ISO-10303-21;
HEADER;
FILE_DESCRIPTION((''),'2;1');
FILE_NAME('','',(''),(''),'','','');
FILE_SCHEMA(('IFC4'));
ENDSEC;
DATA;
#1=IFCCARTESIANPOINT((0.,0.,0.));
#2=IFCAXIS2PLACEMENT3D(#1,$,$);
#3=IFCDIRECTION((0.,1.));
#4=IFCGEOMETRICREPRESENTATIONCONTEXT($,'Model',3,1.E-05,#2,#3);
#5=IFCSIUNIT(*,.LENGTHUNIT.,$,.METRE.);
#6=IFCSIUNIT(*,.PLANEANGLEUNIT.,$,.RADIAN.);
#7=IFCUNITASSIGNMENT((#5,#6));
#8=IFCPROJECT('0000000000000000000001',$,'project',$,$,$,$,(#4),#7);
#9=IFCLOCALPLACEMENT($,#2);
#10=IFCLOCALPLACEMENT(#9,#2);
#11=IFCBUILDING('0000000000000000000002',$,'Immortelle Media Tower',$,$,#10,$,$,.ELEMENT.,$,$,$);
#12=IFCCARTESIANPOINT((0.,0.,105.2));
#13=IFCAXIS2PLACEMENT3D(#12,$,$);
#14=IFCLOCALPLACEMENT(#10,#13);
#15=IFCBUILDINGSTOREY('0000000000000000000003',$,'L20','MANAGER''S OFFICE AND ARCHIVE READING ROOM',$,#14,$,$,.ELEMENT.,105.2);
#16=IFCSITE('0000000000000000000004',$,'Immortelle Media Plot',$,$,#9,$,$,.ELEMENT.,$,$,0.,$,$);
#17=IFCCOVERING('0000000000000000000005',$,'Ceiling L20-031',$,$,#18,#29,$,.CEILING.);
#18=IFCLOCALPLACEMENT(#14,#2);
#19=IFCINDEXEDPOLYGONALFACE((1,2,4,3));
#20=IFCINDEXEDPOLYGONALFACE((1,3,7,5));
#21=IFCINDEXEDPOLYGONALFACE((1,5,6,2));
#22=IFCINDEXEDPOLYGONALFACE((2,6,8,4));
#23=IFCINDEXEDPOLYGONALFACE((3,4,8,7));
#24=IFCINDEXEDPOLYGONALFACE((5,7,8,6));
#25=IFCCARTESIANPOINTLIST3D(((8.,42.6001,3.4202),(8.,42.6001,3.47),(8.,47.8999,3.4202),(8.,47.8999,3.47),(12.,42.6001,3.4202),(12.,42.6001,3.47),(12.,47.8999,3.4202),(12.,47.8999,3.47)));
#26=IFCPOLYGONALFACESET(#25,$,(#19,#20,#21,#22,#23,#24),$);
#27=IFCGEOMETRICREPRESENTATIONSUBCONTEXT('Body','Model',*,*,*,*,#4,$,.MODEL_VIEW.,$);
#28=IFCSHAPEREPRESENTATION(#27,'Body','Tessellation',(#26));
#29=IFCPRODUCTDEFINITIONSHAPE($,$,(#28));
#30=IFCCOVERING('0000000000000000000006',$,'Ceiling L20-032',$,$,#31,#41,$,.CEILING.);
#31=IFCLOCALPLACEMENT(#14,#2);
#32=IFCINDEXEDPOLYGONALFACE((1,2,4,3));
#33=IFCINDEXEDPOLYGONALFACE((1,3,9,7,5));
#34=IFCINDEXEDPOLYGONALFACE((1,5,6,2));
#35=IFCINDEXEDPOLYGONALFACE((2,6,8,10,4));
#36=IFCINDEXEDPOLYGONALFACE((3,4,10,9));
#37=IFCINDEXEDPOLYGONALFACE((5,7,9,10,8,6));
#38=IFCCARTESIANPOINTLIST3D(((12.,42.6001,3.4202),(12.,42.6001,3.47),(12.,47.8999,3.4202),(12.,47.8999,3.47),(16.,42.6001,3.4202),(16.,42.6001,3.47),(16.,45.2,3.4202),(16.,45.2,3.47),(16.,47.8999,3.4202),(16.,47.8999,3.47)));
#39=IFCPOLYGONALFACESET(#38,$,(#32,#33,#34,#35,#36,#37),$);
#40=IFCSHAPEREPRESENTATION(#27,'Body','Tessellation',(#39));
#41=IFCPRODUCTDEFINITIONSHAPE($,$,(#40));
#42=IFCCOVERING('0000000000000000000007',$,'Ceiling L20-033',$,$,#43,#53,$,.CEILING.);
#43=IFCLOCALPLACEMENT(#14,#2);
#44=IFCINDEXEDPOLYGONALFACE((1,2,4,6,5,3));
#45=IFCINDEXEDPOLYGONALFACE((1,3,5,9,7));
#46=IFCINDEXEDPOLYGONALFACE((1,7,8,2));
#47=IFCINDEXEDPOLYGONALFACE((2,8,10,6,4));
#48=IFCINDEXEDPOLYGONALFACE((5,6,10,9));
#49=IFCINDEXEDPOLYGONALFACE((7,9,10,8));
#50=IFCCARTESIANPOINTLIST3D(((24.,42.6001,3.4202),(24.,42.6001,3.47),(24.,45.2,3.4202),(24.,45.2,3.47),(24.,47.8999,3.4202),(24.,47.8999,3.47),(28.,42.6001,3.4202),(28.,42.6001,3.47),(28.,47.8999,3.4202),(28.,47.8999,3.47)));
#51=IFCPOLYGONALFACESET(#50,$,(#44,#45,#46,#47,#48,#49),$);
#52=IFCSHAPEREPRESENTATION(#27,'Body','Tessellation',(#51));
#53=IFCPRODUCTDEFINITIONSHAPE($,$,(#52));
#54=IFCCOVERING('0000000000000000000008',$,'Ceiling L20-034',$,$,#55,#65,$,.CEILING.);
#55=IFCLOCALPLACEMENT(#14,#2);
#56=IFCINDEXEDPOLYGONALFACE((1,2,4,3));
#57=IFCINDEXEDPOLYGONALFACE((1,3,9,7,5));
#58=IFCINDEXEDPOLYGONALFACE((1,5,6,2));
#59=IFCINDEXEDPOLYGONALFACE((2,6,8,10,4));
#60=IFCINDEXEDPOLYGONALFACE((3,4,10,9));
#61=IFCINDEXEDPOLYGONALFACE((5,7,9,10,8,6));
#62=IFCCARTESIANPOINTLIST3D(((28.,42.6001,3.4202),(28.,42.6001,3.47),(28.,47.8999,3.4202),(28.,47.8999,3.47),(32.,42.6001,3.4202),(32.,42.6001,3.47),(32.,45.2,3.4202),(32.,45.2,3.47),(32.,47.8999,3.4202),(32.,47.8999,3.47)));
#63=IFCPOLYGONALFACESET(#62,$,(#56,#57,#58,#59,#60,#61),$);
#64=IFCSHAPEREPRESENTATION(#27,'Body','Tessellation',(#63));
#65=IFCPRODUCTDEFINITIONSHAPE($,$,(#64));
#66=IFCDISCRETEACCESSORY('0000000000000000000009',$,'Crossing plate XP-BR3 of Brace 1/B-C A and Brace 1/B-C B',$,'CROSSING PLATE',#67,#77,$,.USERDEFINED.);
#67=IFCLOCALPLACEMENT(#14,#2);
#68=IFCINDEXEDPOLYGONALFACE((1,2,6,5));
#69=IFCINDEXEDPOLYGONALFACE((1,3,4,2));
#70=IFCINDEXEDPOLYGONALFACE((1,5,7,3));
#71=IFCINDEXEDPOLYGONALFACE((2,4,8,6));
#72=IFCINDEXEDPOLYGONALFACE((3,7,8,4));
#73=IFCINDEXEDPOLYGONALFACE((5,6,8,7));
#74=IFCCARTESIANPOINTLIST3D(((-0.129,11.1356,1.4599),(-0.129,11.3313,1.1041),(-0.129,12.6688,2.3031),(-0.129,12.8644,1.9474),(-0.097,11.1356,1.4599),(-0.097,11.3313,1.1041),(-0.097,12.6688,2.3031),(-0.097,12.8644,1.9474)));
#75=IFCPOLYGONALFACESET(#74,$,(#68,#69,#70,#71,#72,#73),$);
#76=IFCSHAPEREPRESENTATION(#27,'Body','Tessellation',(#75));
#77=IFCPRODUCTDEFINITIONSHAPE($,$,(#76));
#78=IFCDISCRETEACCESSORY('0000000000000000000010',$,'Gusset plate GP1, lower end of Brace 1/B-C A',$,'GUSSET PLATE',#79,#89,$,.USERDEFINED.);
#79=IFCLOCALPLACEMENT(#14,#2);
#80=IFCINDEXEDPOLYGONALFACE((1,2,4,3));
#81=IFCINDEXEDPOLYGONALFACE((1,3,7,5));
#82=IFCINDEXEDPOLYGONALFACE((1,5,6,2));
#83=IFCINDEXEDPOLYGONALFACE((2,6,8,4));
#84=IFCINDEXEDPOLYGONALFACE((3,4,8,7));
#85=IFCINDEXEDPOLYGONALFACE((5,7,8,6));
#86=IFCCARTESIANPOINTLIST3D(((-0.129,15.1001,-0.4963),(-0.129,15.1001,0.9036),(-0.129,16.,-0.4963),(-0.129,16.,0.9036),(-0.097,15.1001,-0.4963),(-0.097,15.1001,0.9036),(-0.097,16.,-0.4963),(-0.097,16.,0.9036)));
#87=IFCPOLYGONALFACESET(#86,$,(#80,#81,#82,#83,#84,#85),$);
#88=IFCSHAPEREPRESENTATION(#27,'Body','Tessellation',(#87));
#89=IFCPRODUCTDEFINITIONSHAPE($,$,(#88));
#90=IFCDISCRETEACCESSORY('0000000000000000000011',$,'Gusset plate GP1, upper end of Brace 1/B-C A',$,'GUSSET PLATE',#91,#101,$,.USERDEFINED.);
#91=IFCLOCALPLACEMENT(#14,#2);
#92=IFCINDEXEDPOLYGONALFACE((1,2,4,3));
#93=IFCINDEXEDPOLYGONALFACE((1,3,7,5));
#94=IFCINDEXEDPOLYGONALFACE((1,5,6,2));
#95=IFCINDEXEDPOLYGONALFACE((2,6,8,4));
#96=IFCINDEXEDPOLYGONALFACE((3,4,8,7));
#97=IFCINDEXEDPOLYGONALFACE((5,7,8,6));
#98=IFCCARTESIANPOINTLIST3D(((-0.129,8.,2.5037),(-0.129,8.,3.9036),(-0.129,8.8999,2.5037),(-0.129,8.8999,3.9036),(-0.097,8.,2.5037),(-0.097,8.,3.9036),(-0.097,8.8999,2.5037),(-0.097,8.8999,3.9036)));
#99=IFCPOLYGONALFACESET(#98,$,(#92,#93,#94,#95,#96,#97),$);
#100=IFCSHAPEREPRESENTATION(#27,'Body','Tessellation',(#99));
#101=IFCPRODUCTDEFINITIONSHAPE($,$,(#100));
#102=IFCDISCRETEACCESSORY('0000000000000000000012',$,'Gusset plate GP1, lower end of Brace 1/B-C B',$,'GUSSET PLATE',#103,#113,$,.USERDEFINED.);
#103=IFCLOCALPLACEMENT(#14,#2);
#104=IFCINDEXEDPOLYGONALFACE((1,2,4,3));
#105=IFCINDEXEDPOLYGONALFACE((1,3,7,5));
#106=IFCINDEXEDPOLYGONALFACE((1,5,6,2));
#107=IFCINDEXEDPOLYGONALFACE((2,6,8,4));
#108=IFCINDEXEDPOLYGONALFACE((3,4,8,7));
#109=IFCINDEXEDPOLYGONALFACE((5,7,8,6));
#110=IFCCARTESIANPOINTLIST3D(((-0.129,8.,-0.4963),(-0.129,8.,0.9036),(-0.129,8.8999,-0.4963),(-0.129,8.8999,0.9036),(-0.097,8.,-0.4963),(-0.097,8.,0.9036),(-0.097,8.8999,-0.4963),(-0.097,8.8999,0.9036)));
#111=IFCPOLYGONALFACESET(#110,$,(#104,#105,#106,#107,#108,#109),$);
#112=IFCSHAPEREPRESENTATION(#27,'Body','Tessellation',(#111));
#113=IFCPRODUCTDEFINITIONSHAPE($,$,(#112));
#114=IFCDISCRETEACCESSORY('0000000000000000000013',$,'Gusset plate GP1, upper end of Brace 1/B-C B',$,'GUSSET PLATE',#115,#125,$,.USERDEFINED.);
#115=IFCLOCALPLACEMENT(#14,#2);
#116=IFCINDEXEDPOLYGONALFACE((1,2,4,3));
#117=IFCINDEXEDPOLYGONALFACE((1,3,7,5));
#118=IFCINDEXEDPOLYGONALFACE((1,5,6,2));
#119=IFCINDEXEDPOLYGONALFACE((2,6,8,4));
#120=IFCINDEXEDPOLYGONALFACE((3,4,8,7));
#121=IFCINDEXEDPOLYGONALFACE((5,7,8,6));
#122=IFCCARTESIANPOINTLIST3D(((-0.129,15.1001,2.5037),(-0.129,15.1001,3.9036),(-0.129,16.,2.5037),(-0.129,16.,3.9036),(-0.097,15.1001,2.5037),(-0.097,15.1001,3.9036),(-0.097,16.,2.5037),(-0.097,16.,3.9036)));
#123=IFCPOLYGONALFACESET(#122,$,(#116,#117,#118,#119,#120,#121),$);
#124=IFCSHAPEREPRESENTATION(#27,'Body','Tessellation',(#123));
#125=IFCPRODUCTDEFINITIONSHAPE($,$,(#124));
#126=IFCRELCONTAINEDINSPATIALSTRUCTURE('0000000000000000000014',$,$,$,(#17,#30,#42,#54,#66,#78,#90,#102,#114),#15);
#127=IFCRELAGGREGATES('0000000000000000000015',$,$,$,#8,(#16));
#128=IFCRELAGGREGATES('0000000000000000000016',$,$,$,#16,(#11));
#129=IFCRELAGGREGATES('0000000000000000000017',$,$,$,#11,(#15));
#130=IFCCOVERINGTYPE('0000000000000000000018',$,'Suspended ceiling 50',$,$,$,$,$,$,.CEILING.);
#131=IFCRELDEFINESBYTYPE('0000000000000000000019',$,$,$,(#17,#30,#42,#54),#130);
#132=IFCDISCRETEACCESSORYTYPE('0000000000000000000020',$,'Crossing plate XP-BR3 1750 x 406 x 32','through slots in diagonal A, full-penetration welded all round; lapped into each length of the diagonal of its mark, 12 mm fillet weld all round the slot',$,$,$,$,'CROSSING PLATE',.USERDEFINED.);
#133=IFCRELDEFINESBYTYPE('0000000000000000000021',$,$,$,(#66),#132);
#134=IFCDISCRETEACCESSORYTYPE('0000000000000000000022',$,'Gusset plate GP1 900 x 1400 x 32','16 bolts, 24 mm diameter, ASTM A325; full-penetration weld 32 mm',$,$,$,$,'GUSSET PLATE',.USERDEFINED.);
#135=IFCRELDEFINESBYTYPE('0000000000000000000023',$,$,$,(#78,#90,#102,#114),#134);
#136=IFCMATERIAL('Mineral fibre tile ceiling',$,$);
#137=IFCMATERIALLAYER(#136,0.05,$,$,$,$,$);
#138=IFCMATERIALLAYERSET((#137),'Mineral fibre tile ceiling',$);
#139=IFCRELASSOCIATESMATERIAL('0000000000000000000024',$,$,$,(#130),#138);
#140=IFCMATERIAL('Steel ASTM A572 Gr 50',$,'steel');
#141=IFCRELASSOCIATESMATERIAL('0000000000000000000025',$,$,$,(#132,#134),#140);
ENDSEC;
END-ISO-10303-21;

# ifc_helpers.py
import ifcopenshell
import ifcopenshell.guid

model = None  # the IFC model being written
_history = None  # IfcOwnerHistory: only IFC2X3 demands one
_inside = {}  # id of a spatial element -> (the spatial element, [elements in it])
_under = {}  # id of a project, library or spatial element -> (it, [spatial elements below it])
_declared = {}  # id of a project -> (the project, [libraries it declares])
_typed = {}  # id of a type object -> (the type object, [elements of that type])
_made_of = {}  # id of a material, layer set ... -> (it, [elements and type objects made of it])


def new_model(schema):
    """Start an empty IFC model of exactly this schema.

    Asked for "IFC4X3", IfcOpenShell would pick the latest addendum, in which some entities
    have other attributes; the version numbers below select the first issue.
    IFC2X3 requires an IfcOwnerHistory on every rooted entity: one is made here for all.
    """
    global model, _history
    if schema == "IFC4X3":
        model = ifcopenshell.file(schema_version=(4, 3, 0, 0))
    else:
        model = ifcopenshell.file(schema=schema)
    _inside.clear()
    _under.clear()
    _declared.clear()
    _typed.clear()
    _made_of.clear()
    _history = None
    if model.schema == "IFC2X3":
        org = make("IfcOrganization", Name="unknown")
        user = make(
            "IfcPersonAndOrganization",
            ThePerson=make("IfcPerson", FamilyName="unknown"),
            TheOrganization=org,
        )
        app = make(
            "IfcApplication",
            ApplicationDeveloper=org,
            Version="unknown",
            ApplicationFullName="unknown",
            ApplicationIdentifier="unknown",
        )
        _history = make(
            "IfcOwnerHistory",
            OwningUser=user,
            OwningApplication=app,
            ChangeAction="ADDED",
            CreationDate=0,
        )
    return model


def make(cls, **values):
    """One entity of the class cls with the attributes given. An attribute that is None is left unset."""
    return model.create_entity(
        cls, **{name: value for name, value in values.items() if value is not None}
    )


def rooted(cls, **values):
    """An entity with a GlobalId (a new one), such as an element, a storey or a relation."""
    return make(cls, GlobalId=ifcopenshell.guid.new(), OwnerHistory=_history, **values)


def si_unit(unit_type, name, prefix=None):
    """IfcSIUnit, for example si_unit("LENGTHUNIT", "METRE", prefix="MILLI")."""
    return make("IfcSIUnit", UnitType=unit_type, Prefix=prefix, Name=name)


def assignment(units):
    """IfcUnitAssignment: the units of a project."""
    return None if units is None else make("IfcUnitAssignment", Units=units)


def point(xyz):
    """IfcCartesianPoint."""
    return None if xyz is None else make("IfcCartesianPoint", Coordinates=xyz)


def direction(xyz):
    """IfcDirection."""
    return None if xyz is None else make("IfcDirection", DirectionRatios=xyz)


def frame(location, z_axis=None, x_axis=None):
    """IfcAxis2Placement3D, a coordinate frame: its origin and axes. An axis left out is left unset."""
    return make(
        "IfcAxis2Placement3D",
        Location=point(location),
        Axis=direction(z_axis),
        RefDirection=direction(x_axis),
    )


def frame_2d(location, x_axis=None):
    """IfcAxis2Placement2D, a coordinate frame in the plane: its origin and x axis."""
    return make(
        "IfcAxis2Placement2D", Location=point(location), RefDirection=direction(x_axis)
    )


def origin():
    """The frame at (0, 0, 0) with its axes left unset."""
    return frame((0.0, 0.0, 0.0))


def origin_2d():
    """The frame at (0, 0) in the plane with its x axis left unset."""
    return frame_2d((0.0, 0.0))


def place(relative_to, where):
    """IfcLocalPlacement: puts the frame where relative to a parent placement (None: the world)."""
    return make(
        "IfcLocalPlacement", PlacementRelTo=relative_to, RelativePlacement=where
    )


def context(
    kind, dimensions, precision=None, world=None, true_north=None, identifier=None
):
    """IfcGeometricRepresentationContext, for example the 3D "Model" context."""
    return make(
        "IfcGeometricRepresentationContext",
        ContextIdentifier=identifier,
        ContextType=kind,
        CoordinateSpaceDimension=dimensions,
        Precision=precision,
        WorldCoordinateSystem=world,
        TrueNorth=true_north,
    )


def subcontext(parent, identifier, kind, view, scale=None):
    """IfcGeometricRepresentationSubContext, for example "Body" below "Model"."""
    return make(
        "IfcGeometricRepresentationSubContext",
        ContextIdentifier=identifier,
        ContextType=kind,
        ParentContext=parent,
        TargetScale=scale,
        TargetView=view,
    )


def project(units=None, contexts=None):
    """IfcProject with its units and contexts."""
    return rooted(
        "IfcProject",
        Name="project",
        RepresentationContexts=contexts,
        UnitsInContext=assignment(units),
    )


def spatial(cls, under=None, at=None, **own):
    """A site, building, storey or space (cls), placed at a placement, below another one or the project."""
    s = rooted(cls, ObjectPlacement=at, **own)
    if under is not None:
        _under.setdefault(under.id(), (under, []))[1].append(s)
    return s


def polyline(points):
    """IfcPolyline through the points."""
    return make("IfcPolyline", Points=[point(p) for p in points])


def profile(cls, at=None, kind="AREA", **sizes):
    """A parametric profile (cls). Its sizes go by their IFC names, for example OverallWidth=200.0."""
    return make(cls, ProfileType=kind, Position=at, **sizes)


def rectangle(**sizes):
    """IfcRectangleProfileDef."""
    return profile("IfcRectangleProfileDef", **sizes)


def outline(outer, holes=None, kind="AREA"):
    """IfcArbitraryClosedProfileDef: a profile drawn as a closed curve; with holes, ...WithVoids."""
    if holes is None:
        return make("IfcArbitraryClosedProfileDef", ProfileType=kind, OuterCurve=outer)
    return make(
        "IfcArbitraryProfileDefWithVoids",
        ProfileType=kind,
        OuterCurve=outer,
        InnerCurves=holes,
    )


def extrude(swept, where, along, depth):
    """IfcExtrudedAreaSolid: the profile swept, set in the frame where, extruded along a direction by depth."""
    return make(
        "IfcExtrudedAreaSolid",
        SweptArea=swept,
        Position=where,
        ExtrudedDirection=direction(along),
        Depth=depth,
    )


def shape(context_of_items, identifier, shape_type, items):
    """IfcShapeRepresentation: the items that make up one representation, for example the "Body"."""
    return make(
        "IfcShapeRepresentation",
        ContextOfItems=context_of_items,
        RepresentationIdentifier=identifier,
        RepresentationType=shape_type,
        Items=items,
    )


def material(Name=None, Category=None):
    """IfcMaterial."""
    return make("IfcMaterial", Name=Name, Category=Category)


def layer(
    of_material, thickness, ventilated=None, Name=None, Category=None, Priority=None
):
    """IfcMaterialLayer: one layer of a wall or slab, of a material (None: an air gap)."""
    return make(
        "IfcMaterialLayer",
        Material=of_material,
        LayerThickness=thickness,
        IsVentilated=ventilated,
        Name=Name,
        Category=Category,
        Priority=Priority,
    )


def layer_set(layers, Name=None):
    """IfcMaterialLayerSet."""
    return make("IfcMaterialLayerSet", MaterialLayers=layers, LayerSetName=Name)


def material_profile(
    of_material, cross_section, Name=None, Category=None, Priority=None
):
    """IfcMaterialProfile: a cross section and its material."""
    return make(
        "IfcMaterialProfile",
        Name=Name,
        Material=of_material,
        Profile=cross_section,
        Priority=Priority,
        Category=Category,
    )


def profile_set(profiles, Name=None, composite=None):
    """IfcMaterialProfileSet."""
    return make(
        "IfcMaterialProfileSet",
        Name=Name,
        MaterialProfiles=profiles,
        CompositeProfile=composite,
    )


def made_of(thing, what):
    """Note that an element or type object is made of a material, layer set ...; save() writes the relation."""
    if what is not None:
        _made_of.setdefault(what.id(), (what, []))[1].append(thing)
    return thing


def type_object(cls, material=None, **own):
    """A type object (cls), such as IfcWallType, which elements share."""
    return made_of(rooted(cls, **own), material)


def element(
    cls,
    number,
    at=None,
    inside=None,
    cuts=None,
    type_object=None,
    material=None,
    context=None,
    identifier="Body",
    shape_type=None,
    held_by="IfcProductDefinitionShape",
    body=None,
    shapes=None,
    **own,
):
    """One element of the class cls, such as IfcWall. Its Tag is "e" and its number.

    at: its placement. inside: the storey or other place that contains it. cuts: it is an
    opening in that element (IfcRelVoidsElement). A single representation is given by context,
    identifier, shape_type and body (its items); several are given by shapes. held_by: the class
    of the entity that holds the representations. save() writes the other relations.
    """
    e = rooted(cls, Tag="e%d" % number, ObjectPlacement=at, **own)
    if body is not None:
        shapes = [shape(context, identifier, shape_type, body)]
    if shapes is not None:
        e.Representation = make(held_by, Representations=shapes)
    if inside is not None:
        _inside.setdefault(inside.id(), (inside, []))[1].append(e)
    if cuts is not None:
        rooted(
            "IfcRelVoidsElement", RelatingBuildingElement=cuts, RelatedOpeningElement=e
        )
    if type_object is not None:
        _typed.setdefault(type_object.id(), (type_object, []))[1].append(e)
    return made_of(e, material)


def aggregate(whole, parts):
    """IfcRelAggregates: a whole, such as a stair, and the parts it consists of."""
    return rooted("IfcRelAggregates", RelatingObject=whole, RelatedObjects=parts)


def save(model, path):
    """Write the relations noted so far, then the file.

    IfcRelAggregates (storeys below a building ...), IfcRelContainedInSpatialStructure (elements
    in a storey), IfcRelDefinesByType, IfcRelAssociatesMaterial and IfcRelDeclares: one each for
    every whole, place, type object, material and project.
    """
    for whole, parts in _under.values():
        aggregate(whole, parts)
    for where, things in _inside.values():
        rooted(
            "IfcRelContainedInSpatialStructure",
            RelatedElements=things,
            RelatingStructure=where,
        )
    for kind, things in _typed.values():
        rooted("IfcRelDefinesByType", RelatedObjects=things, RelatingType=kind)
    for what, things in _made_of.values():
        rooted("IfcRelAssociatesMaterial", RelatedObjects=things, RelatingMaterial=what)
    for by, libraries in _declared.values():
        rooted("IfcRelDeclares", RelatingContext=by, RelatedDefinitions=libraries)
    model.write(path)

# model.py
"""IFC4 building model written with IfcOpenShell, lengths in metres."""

from ifc_helpers import new_model, si_unit, direction, frame, origin, origin_2d, place, context, subcontext, project, spatial, polyline, rectangle, outline, extrude, material, layer, layer_set, material_profile, profile_set, type_object, element, save


model = new_model("IFC4")

# Units and contexts
model_context = context("Model", 3, precision=1e-05, world=origin(), true_north=direction((0.0, 1.0)))
body_context = subcontext(model_context, "Body", "Model", "MODEL_VIEW")
ifc_project = project(units=[si_unit("LENGTHUNIT", "METRE"), si_unit("PLANEANGLEUNIT", "RADIAN")], contexts=[model_context])

# Site, building, storey
site_placement = place(None, origin())
site = spatial("IfcSite", under=ifc_project, at=site_placement, Name="Immortelle Media Plot", CompositionType="ELEMENT", RefElevation=0.0)
building_placement = place(site_placement, origin())
building = spatial("IfcBuilding", under=site, at=building_placement, Name="Immortelle Media Tower", CompositionType="ELEMENT")
storey_placement = place(building_placement, frame((0.0, 0.0, 105.2)))
storey = spatial("IfcBuildingStorey", under=building, at=storey_placement, Name="L20", Description="MANAGER'S OFFICE AND ARCHIVE READING ROOM", CompositionType="ELEMENT", Elevation=105.2)

# Coverings
ifc_material_1 = material(Name="Mineral fibre tile ceiling")
ifc_layer = layer(ifc_material_1, 0.05)
ifc_layer_set = layer_set([ifc_layer], Name="Mineral fibre tile ceiling")
covering_type = type_object("IfcCoveringType", Name="Suspended ceiling 50", PredefinedType="CEILING", material=ifc_layer_set)
covering_1_placement = place(storey_placement, frame((0.0, 0.0, 3.4202)))
element("IfcCovering", 1, at=covering_1_placement, inside=storey, type_object=covering_type, Name="Ceiling L20-031", PredefinedType="CEILING", context=body_context, shape_type="SweptSolid", body=[
    extrude(outline(polyline([(8.0, 47.8999), (12.0, 47.8999), (12.0, 42.6001), (8.0, 42.6001), (8.0, 47.8999)])), origin(), (0.0, 0.0, 1.0), 0.0498),
])
covering_2_placement = place(storey_placement, frame((0.0, 0.0, 3.4202)))
element("IfcCovering", 2, at=covering_2_placement, inside=storey, type_object=covering_type, Name="Ceiling L20-032", PredefinedType="CEILING", context=body_context, shape_type="SweptSolid", body=[
    extrude(outline(polyline([(16.0, 47.8999), (16.0, 45.2), (16.0, 42.6001), (12.0, 42.6001), (12.0, 47.8999), (16.0, 47.8999)])), origin(), (0.0, 0.0, 1.0), 0.0498),
])
covering_3_placement = place(storey_placement, frame((0.0, 0.0, 3.4202)))
element("IfcCovering", 3, at=covering_3_placement, inside=storey, type_object=covering_type, Name="Ceiling L20-033", PredefinedType="CEILING", context=body_context, shape_type="SweptSolid", body=[
    extrude(outline(polyline([(24.0, 45.2), (24.0, 47.8999), (28.0, 47.8999), (28.0, 42.6001), (24.0, 42.6001), (24.0, 45.2)])), origin(), (0.0, 0.0, 1.0), 0.0498),
])
covering_4_placement = place(storey_placement, frame((0.0, 0.0, 3.4202)))
element("IfcCovering", 4, at=covering_4_placement, inside=storey, type_object=covering_type, Name="Ceiling L20-034", PredefinedType="CEILING", context=body_context, shape_type="SweptSolid", body=[
    extrude(outline(polyline([(32.0, 47.8999), (32.0, 45.2), (32.0, 42.6001), (28.0, 42.6001), (28.0, 47.8999), (32.0, 47.8999)])), origin(), (0.0, 0.0, 1.0), 0.0498),
])

# Discrete accessories
ifc_material_2 = material(Name="Steel ASTM A572 Gr 50", Category="steel")
ifc_material_profile_1 = material_profile(ifc_material_2, rectangle(XDim=0.032, YDim=0.406, at=origin_2d()), Name="PL 32 x 406")
ifc_profile_set_1 = profile_set([ifc_material_profile_1], Name="Steel ASTM A572 Gr 50")
discrete_accessory_type_1 = type_object("IfcDiscreteAccessoryType", Name="Crossing plate XP-BR3 1750 x 406 x 32", Description="through slots in diagonal A, full-penetration welded all round; lapped into each length of the diagonal of its mark, 12 mm fillet weld all round the slot", ElementType="CROSSING PLATE", PredefinedType="USERDEFINED", material=ifc_profile_set_1)
discrete_accessory_placement = place(storey_placement, frame((-0.113, 12.7666, 2.1252), z_axis=(0.0, -0.876216, -0.481919), x_axis=(1.0, 0.0, 0.0)))
element("IfcDiscreteAccessory", 5, at=discrete_accessory_placement, inside=storey, type_object=discrete_accessory_type_1, Name="Crossing plate XP-BR3 of Brace 1/B-C A and Brace 1/B-C B", ObjectType="CROSSING PLATE", PredefinedType="USERDEFINED", context=body_context, shape_type="SweptSolid", body=[
    extrude(rectangle(XDim=0.032, YDim=0.406, at=origin_2d()), origin(), (0.0, 0.0, 1.0), 1.7498),
])
ifc_material_profile_2 = material_profile(ifc_material_2, rectangle(XDim=0.032, YDim=1.3999, at=origin_2d()), Name="PL 32 x 1400")
ifc_profile_set_2 = profile_set([ifc_material_profile_2], Name="Steel ASTM A572 Gr 50")
discrete_accessory_type_2 = type_object("IfcDiscreteAccessoryType", Name="Gusset plate GP1 900 x 1400 x 32", Description="16 bolts, 24 mm diameter, ASTM A325; full-penetration weld 32 mm", ElementType="GUSSET PLATE", PredefinedType="USERDEFINED", material=ifc_profile_set_2)
for number, where, z_axis, x_axis, name in (
    (6, (-0.113, 16.0, 0.2036), (0.0, -1.0, 0.0), (1.0, 0.0, 0.0), "Gusset plate GP1, lower end of Brace 1/B-C A"),
    (7, (-0.113, 8.0, 3.2036), (0.0, 1.0, 0.0), (-1.0, 0.0, 0.0), "Gusset plate GP1, upper end of Brace 1/B-C A"),
    (8, (-0.113, 8.0, 0.2036), (0.0, 1.0, 0.0), (-1.0, 0.0, 0.0), "Gusset plate GP1, lower end of Brace 1/B-C B"),
    (9, (-0.113, 16.0, 3.2036), (0.0, -1.0, 0.0), (1.0, 0.0, 0.0), "Gusset plate GP1, upper end of Brace 1/B-C B"),
):
    element("IfcDiscreteAccessory", number, at=place(storey_placement, frame(where, z_axis=z_axis, x_axis=x_axis)), inside=storey, type_object=discrete_accessory_type_2, Name=name, ObjectType="GUSSET PLATE", PredefinedType="USERDEFINED", context=body_context, shape_type="SweptSolid", body=[
        extrude(rectangle(XDim=0.032, YDim=1.3999, at=origin_2d()), origin(), (0.0, 0.0, 1.0), 0.8999),
    ])

save(model, "model.ifc")
